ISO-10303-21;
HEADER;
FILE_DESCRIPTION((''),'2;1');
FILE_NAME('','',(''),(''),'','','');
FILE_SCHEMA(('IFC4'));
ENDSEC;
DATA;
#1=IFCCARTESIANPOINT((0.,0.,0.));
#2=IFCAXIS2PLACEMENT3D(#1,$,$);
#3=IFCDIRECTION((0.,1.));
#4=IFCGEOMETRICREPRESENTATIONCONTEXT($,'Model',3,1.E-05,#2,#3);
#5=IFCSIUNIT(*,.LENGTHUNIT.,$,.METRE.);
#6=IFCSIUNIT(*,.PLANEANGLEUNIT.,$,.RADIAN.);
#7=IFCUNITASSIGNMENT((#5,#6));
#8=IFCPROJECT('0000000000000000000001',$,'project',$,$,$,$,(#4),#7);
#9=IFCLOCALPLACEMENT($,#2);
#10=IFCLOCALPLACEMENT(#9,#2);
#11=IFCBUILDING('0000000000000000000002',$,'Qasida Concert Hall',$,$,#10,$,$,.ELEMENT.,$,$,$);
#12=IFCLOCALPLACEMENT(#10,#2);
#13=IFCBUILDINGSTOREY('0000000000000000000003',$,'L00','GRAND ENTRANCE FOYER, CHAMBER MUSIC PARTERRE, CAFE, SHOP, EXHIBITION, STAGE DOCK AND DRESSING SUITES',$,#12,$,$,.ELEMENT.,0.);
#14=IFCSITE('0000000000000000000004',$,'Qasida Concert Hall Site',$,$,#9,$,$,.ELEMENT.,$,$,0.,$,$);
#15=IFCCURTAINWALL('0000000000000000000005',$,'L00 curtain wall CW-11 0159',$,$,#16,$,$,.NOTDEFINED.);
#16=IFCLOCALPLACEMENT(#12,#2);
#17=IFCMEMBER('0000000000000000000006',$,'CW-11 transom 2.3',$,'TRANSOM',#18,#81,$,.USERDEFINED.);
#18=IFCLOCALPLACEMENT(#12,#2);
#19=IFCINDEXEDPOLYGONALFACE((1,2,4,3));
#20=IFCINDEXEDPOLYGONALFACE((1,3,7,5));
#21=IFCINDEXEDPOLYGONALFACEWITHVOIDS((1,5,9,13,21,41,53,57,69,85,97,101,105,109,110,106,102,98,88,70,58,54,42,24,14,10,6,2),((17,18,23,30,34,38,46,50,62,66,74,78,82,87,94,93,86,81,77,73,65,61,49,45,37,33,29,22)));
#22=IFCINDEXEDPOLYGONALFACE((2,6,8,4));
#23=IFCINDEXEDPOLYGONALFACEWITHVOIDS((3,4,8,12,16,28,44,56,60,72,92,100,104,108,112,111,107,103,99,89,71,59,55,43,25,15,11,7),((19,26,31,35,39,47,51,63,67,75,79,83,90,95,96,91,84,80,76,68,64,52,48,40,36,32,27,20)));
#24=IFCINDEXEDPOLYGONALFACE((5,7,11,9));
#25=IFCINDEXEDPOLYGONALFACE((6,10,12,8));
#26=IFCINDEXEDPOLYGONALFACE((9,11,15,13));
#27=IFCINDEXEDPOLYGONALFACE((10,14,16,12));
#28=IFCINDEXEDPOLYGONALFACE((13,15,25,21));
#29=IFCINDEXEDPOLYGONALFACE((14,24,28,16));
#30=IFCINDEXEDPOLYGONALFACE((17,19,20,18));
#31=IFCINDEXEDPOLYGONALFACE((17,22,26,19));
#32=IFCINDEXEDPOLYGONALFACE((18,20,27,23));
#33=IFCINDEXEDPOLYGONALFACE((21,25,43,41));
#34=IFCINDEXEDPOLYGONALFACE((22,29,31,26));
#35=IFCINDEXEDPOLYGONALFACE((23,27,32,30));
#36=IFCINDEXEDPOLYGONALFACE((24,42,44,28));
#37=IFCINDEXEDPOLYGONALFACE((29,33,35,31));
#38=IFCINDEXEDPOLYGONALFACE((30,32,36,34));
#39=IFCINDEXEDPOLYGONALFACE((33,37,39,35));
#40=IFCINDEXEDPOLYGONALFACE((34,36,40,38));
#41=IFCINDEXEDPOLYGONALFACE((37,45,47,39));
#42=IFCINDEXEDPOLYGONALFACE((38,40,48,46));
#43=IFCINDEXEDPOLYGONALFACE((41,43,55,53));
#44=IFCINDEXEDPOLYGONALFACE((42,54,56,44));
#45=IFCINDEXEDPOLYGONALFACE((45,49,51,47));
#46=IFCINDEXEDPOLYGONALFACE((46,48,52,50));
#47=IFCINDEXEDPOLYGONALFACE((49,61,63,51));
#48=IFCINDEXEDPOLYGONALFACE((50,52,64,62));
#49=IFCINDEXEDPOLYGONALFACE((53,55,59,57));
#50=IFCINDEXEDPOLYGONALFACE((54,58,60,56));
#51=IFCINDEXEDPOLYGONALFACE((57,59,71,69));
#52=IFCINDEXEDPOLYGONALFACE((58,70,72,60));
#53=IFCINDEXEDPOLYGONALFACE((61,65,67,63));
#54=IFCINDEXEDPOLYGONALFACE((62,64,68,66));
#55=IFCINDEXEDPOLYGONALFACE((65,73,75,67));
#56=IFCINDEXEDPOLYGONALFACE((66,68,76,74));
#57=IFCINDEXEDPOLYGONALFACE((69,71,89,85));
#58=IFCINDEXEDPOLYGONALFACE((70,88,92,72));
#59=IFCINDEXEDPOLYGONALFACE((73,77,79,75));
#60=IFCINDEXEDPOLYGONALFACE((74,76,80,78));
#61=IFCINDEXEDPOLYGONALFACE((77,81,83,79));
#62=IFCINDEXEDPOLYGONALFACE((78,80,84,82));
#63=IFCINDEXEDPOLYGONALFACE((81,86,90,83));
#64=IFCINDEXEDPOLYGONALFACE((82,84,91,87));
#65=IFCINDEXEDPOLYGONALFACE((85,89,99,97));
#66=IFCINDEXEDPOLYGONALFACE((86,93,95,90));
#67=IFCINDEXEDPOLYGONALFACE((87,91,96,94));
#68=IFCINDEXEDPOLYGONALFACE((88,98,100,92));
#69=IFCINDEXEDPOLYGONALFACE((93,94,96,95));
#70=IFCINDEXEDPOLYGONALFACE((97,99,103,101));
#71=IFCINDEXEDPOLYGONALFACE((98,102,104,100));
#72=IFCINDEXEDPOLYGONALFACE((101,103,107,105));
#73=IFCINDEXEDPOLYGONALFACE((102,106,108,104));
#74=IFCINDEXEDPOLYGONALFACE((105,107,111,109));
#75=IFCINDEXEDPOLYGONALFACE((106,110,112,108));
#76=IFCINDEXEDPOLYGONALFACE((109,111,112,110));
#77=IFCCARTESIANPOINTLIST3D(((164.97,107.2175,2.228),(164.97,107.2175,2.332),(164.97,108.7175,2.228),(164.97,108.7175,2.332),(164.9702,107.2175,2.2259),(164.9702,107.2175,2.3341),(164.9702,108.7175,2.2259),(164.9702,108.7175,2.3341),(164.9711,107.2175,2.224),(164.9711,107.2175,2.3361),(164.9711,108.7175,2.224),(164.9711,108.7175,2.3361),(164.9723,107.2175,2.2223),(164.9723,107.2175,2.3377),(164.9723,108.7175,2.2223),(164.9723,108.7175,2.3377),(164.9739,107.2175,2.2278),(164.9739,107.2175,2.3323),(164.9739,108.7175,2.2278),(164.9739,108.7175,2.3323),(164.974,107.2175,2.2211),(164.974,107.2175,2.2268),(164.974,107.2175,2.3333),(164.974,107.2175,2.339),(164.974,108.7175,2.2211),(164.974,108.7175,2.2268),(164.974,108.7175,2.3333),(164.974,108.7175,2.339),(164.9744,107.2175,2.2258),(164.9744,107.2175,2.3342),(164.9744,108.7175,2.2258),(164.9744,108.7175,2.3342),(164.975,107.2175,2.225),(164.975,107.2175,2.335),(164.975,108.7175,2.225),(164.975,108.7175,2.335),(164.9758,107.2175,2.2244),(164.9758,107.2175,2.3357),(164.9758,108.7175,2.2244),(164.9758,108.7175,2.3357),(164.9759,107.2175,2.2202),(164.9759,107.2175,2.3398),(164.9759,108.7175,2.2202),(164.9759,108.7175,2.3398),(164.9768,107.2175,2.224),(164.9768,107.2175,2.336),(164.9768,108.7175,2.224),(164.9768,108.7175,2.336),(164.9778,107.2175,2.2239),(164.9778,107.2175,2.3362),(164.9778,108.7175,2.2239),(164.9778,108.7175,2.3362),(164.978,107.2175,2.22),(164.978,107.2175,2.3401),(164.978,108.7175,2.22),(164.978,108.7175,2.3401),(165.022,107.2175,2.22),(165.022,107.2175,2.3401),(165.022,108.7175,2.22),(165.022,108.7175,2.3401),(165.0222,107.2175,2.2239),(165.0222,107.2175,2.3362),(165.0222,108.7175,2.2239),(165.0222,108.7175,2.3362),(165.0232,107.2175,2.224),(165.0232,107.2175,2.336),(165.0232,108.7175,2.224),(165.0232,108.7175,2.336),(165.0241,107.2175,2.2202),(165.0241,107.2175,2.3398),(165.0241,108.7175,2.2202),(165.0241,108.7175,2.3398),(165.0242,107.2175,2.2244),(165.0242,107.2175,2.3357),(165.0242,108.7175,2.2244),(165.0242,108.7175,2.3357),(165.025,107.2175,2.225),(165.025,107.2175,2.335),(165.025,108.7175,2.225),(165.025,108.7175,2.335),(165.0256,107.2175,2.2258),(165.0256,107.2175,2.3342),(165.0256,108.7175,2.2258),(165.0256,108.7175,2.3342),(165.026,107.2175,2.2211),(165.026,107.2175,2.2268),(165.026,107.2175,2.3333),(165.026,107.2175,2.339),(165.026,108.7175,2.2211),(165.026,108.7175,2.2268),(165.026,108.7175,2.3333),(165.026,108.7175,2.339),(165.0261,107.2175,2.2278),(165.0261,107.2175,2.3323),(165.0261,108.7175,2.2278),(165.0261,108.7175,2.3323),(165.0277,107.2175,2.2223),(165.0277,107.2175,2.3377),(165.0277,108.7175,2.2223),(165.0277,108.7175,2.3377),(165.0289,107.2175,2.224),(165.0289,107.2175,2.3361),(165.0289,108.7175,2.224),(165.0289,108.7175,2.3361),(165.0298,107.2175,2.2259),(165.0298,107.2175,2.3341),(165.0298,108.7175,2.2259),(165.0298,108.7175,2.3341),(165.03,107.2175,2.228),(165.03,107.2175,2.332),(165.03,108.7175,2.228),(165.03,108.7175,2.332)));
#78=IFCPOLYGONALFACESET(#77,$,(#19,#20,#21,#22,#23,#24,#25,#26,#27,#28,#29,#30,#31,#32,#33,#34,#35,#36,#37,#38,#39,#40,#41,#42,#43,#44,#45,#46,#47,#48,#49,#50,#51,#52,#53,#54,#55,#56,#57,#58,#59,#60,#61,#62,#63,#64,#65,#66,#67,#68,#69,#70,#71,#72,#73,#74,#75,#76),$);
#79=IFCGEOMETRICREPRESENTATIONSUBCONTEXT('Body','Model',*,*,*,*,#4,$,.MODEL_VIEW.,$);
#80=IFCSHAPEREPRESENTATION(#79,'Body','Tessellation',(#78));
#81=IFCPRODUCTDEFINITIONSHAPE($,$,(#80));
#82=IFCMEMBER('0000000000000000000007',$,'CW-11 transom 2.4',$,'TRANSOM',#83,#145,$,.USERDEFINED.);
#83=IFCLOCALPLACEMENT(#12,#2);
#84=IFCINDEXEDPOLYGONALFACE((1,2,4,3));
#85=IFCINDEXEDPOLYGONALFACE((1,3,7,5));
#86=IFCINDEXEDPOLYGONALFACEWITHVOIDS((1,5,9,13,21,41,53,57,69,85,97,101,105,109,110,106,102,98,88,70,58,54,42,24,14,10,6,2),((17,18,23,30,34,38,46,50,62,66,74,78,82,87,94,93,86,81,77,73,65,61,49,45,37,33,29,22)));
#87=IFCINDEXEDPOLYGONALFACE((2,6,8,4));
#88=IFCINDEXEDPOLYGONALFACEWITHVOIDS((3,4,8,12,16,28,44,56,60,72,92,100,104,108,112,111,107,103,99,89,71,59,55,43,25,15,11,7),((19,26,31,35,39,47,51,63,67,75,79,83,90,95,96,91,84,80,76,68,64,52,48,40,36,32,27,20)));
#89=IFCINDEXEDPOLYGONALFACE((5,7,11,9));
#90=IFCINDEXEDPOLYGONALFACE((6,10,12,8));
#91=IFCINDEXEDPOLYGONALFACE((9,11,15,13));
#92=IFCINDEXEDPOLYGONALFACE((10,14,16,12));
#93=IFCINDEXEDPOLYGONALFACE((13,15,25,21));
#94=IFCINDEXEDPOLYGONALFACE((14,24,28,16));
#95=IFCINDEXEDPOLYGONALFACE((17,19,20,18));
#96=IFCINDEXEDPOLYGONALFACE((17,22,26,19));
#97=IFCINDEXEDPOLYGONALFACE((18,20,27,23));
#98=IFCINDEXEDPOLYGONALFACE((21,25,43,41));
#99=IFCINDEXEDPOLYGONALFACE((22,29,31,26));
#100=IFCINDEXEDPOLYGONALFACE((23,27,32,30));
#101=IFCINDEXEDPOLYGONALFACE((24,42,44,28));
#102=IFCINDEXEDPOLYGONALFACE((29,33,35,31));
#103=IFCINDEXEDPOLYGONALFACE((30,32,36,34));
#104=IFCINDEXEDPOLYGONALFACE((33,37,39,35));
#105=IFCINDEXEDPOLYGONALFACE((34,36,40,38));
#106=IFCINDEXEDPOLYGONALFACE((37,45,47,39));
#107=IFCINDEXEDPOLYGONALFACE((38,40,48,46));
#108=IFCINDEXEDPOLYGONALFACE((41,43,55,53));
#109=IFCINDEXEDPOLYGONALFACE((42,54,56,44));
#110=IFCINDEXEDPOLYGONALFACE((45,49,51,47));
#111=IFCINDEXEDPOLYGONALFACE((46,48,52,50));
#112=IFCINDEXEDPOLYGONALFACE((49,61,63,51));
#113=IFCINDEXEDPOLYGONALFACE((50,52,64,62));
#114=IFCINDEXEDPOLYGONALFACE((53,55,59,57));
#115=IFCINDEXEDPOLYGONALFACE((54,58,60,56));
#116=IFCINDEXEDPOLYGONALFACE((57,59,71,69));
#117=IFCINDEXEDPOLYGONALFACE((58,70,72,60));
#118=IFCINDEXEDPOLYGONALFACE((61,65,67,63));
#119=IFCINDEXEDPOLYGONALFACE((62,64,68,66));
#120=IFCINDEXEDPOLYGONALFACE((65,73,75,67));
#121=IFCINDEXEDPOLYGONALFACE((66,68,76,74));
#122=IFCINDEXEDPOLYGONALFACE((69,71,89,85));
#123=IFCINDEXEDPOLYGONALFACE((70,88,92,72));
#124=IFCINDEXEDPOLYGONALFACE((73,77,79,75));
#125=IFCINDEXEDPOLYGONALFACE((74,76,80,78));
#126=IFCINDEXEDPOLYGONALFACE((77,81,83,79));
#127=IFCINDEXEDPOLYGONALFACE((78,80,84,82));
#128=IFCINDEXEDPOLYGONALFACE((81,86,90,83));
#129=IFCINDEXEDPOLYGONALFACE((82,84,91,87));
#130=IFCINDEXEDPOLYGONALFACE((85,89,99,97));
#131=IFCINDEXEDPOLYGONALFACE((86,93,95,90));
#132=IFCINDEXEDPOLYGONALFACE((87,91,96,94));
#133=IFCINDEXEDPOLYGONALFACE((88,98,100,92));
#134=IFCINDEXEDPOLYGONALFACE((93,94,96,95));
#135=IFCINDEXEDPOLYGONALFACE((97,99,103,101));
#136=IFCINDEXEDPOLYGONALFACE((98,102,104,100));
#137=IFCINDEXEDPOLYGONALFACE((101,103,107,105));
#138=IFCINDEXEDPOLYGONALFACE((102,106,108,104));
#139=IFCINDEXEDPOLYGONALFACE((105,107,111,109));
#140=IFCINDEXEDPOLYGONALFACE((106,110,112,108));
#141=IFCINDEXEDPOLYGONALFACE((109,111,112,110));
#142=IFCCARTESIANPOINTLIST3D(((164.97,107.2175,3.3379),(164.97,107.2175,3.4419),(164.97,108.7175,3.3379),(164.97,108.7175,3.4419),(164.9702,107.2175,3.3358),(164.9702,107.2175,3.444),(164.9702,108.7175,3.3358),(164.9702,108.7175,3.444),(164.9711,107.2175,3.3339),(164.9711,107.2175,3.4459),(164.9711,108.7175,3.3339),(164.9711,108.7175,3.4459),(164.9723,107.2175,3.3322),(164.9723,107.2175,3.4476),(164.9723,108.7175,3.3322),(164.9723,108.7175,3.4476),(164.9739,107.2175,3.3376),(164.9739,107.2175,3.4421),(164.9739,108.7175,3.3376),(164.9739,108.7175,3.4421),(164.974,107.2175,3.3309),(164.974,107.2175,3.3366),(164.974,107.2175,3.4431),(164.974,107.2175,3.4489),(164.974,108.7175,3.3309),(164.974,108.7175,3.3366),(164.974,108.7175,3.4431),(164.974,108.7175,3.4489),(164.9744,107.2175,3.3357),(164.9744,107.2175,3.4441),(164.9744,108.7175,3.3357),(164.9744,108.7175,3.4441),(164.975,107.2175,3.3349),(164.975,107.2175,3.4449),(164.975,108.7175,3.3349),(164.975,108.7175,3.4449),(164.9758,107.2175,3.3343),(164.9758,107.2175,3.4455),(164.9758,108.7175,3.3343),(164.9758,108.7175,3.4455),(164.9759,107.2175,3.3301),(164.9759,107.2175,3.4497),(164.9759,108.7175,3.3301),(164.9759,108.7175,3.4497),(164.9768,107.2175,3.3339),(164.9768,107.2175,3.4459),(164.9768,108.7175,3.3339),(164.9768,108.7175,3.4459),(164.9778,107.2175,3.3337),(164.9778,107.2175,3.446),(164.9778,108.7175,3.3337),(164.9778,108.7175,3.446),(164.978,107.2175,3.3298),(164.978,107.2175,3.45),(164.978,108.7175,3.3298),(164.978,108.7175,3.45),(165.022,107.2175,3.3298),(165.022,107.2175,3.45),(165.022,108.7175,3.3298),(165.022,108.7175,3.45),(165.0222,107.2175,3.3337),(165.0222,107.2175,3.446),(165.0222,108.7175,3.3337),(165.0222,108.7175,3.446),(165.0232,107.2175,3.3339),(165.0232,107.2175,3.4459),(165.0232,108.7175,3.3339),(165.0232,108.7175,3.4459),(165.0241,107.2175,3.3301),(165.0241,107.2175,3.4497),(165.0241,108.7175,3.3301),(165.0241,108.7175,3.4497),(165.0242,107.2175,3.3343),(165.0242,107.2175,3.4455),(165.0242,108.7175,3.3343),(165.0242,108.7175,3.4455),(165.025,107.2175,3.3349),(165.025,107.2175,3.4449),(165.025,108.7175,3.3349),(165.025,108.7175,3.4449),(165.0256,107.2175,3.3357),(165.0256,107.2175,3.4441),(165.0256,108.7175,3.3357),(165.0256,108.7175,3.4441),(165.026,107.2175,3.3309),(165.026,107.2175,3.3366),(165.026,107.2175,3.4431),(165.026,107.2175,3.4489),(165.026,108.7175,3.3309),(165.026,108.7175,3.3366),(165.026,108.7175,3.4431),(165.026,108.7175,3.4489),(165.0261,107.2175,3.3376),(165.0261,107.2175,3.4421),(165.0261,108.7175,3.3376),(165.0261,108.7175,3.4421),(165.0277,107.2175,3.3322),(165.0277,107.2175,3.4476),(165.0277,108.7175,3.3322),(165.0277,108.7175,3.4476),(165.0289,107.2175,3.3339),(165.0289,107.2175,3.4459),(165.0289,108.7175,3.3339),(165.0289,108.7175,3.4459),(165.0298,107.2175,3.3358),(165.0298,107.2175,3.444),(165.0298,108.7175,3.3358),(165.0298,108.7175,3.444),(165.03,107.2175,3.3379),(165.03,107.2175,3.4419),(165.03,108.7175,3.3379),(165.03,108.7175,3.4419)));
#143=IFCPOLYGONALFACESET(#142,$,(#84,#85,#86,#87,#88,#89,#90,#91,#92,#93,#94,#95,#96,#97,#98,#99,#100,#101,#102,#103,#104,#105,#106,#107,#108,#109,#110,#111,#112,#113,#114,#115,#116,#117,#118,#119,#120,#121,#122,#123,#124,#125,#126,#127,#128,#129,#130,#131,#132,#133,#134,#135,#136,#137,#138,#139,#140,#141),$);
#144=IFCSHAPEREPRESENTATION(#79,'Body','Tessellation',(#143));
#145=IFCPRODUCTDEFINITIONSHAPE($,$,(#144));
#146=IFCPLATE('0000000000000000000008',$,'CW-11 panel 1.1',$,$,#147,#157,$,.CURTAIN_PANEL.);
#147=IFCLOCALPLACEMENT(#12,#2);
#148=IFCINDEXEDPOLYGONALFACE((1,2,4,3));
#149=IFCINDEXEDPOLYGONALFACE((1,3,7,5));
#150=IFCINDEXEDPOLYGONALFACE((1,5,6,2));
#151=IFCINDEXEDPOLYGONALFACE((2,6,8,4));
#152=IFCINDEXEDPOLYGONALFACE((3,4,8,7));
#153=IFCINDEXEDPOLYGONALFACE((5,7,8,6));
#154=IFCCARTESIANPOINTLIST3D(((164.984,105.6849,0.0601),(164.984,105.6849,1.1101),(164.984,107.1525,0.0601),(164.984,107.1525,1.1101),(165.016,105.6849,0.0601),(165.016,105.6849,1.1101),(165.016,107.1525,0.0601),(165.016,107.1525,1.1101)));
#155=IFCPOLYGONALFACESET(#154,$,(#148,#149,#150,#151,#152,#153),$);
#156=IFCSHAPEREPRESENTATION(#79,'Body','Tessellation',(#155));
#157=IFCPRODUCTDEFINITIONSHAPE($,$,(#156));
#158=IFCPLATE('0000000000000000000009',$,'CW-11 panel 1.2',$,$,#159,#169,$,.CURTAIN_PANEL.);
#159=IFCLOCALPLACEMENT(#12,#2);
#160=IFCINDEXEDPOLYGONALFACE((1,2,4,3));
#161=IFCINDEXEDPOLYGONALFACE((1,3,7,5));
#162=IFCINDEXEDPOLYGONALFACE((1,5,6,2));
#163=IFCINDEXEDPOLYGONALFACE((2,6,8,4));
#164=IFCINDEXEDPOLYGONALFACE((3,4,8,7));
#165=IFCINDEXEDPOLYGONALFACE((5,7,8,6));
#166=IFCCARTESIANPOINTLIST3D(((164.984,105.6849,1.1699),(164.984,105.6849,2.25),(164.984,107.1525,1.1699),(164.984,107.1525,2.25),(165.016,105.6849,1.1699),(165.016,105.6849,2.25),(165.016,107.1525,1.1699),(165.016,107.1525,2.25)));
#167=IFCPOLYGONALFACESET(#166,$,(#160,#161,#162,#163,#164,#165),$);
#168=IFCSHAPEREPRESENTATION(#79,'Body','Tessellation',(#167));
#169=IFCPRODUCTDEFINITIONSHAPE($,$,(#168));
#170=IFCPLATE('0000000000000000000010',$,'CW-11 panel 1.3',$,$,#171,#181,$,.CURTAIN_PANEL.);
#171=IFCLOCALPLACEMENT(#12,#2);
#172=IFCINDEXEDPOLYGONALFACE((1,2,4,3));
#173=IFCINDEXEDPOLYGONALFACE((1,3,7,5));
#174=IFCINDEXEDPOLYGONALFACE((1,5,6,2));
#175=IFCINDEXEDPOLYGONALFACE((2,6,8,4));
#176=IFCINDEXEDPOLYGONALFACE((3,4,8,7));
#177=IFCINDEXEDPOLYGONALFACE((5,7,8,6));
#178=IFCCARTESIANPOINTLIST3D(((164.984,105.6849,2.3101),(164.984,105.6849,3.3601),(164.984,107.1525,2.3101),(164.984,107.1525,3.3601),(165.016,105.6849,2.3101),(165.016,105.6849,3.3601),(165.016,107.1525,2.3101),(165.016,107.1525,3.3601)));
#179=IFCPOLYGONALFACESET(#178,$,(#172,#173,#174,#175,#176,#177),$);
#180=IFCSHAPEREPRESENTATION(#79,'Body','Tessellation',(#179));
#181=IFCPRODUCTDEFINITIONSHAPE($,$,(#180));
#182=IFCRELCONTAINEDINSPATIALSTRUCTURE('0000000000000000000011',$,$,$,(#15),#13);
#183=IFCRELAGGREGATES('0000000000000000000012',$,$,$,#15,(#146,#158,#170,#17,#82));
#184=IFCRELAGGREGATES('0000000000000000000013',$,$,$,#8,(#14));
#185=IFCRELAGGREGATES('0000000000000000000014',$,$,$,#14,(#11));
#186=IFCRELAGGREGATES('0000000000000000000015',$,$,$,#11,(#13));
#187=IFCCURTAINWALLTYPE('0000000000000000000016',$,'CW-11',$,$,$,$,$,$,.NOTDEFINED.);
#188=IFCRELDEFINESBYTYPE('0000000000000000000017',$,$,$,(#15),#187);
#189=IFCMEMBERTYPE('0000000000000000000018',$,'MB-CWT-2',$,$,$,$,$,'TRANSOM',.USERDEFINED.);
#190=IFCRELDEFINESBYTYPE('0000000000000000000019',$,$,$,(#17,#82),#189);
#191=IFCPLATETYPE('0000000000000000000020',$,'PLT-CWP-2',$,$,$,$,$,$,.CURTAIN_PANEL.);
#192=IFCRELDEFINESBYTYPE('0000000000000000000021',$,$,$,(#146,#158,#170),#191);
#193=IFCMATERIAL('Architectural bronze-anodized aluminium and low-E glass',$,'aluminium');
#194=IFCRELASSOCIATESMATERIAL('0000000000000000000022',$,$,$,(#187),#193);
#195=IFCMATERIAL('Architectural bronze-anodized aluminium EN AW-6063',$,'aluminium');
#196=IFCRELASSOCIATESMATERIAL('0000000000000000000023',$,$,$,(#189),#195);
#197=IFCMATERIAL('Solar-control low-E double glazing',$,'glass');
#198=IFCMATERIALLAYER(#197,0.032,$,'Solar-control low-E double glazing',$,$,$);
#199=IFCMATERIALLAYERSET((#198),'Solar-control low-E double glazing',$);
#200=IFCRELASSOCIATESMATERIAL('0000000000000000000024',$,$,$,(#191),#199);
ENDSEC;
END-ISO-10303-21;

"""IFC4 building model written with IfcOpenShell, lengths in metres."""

from ifc_helpers import new_model, si_unit, direction, frame, origin, origin_2d, place, context, subcontext, project, spatial, rectangle, hollow_rectangle, extrude, material, layer, layer_set, material_profile, profile_set, type_object, element, aggregate, save


model = new_model("IFC4")

# Units and contexts
model_context = context("Model", 3, precision=1e-05, world=origin(), true_north=direction((0.0, 1.0)))
body_context = subcontext(model_context, "Body", "Model", "MODEL_VIEW")
ifc_project = project(units=[si_unit("LENGTHUNIT", "METRE"), si_unit("PLANEANGLEUNIT", "RADIAN")], contexts=[model_context])

# Site, building, storey
site_placement = place(None, origin())
site = spatial("IfcSite", under=ifc_project, at=site_placement, Name="Qasida Concert Hall Site", CompositionType="ELEMENT", RefElevation=0.0)
building_placement = place(site_placement, origin())
building = spatial("IfcBuilding", under=site, at=building_placement, Name="Qasida Concert Hall", CompositionType="ELEMENT")
storey_placement = place(building_placement, origin())
storey = spatial("IfcBuildingStorey", under=building, at=storey_placement, Name="L00", Description="GRAND ENTRANCE FOYER, CHAMBER MUSIC PARTERRE, CAFE, SHOP, EXHIBITION, STAGE DOCK AND DRESSING SUITES", CompositionType="ELEMENT", Elevation=0.0)

# Curtain wall, members, plates
ifc_material_1 = material(Name="Architectural bronze-anodized aluminium and low-E glass", Category="aluminium")
curtain_wall_type = type_object("IfcCurtainWallType", Name="CW-11", PredefinedType="NOTDEFINED", material=ifc_material_1)
curtain_wall_placement = place(storey_placement, origin())
curtain_wall = element("IfcCurtainWall", 1, at=curtain_wall_placement, inside=storey, type_object=curtain_wall_type, Name="L00 curtain wall CW-11 0159", PredefinedType="NOTDEFINED")
ifc_material_2 = material(Name="Architectural bronze-anodized aluminium EN AW-6063", Category="aluminium")
ifc_material_profile_1 = material_profile(ifc_material_2, hollow_rectangle(XDim=0.0601, YDim=0.1201, WallThickness=0.0039, InnerFilletRadius=0.0039, OuterFilletRadius=0.0081, at=origin_2d()), Name="CWT 120x60x4")
ifc_profile_set_1 = profile_set([ifc_material_profile_1], Name="Architectural bronze-anodized aluminium EN AW-6063")
member_type_1 = type_object("IfcMemberType", Name="MB-CWT-2", ElementType="TRANSOM", PredefinedType="USERDEFINED", material=ifc_profile_set_1)
member_1_placement = place(storey_placement, frame((165.0, 107.2175, 2.28), z_axis=(0.0, 1.0, 0.0), x_axis=(-1.0, 0.0, 0.0)))
member_1 = element("IfcMember", 2, at=member_1_placement, type_object=member_type_1, Name="CW-11 transom 2.3", ObjectType="TRANSOM", PredefinedType="USERDEFINED", context=body_context, shape_type="SweptSolid", body=[
    extrude(hollow_rectangle(XDim=0.0601, YDim=0.1201, WallThickness=0.0039, InnerFilletRadius=0.0039, OuterFilletRadius=0.0081, at=origin_2d()), origin(), (0.0, 0.0, 1.0), 1.5),
])
member_2_placement = place(storey_placement, frame((165.0, 107.2175, 3.3899), z_axis=(0.0, 1.0, 0.0), x_axis=(-1.0, 0.0, 0.0)))
member_2 = element("IfcMember", 3, at=member_2_placement, type_object=member_type_1, Name="CW-11 transom 2.4", ObjectType="TRANSOM", PredefinedType="USERDEFINED", context=body_context, shape_type="SweptSolid", body=[
    extrude(hollow_rectangle(XDim=0.0601, YDim=0.1201, WallThickness=0.0039, InnerFilletRadius=0.0039, OuterFilletRadius=0.0081, at=origin_2d()), origin(), (0.0, 0.0, 1.0), 1.5),
])
ifc_material_3 = material(Name="Solar-control low-E double glazing", Category="glass")
ifc_layer_1 = layer(ifc_material_3, 0.032, Name="Solar-control low-E double glazing")
ifc_layer_set_1 = layer_set([ifc_layer_1], Name="Solar-control low-E double glazing")
plate_type = type_object("IfcPlateType", Name="PLT-CWP-2", PredefinedType="CURTAIN_PANEL", material=ifc_layer_set_1)
plate_1_placement = place(storey_placement, frame((165.0, 106.4187, 0.0601), z_axis=(0.0, 0.0, 1.0), x_axis=(0.0, 1.0, 0.0)))
plate_1 = element("IfcPlate", 4, at=plate_1_placement, type_object=plate_type, Name="CW-11 panel 1.1", PredefinedType="CURTAIN_PANEL", context=body_context, shape_type="SweptSolid", body=[
    extrude(rectangle(XDim=1.4675, YDim=0.032, at=origin_2d()), origin(), (0.0, 0.0, 1.0), 1.05),
])
plate_2_placement = place(storey_placement, frame((165.0, 106.4187, 1.1699), z_axis=(0.0, 0.0, 1.0), x_axis=(0.0, 1.0, 0.0)))
plate_2 = element("IfcPlate", 5, at=plate_2_placement, type_object=plate_type, Name="CW-11 panel 1.2", PredefinedType="CURTAIN_PANEL", context=body_context, shape_type="SweptSolid", body=[
    extrude(rectangle(XDim=1.4675, YDim=0.032, at=origin_2d()), origin(), (0.0, 0.0, 1.0), 1.0801),
])
plate_3_placement = place(storey_placement, frame((165.0, 106.4187, 2.3101), z_axis=(0.0, 0.0, 1.0), x_axis=(0.0, 1.0, 0.0)))
plate_3 = element("IfcPlate", 6, at=plate_3_placement, type_object=plate_type, Name="CW-11 panel 1.3", PredefinedType="CURTAIN_PANEL", context=body_context, shape_type="SweptSolid", body=[
    extrude(rectangle(XDim=1.4675, YDim=0.032, at=origin_2d()), origin(), (0.0, 0.0, 1.0), 1.05),
])
aggregate(curtain_wall, [plate_1, plate_2, plate_3, member_1, member_2])

save(model, "model.ifc")
